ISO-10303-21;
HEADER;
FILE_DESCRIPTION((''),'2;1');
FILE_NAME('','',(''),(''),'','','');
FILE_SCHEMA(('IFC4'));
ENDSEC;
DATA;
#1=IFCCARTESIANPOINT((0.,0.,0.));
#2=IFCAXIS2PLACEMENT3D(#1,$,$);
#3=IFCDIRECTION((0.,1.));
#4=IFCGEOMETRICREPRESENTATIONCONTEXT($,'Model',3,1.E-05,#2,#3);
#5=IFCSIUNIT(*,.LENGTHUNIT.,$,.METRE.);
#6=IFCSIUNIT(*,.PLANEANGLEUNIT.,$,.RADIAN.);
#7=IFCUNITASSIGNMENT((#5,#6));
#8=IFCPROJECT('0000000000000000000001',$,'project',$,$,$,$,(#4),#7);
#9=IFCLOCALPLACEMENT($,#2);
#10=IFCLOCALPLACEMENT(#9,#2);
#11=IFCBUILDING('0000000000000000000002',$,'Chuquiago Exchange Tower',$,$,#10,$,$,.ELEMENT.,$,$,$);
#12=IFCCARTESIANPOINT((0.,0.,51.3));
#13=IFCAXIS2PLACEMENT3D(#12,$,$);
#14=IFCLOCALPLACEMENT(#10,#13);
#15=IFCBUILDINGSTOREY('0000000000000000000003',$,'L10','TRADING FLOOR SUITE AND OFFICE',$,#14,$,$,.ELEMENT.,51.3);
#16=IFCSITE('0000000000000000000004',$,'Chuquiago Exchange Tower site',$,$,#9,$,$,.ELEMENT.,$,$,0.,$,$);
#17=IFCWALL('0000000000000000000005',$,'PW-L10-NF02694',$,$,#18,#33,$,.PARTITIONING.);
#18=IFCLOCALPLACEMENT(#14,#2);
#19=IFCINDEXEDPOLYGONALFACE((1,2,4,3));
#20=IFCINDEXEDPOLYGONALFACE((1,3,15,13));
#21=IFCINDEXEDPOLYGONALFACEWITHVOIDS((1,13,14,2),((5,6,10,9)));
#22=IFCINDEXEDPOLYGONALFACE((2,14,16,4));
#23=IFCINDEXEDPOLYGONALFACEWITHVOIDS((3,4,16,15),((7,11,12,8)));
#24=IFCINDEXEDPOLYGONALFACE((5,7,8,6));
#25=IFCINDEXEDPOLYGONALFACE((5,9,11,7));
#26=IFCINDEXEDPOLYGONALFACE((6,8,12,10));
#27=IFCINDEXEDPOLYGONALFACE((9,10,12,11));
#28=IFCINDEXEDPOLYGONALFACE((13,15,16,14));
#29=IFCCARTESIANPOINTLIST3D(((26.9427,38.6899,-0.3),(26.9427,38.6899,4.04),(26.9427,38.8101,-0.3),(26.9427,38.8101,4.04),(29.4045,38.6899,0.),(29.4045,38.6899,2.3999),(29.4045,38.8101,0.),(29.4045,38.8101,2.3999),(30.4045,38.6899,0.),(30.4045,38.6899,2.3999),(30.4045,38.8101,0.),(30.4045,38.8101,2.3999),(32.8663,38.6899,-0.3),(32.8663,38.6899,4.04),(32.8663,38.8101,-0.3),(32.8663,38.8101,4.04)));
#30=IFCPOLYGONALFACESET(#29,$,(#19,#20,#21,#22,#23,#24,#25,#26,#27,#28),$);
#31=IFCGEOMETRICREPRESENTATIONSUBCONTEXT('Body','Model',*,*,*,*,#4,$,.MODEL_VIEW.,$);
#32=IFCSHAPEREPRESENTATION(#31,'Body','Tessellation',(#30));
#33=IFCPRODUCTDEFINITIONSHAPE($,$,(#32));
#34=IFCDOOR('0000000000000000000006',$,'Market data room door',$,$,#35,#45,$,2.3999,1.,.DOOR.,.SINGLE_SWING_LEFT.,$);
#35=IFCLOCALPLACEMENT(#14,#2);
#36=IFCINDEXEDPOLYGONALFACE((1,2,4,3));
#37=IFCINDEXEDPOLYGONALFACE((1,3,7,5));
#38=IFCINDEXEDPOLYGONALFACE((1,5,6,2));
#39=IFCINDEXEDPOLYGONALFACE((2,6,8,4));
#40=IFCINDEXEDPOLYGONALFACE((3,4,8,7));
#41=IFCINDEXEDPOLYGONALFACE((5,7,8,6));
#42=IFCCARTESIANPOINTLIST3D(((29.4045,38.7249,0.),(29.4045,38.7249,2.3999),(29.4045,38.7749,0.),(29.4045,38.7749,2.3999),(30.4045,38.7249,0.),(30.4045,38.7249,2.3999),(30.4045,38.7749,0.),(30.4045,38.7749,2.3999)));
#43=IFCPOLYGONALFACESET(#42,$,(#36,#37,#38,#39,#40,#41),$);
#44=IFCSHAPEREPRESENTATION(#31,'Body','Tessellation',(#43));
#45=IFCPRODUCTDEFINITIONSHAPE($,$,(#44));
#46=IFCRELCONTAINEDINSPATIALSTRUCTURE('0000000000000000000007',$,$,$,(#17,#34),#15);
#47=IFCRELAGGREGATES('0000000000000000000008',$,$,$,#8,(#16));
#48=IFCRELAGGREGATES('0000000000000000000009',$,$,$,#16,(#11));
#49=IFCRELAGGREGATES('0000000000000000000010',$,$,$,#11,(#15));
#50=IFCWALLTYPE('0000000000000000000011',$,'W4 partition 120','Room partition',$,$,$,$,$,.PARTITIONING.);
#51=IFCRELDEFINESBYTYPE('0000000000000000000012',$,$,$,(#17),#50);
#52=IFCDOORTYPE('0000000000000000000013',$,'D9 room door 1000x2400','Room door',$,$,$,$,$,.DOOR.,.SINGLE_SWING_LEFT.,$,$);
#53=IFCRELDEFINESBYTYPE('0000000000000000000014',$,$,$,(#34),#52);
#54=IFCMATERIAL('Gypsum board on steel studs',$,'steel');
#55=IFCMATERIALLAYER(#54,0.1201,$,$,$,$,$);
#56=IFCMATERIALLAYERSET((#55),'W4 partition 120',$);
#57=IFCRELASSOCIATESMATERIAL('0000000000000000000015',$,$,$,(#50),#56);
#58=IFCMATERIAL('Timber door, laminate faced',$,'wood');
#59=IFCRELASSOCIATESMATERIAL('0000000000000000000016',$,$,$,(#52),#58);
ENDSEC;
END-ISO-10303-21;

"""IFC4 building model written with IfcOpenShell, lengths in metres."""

from ifc_helpers import new_model, si_unit, direction, frame, frame_2d, origin, place, context, subcontext, project, spatial, rectangle, extrude, material, layer, layer_set, type_object, element, fill, save


model = new_model("IFC4")

# Units and contexts
model_context = context("Model", 3, precision=1e-05, world=origin(), true_north=direction((0.0, 1.0)))
body_context = subcontext(model_context, "Body", "Model", "MODEL_VIEW")
ifc_project = project(units=[si_unit("LENGTHUNIT", "METRE"), si_unit("PLANEANGLEUNIT", "RADIAN")], contexts=[model_context])

# Site, building, storey
site_placement = place(None, origin())
site = spatial("IfcSite", under=ifc_project, at=site_placement, Name="Chuquiago Exchange Tower site", CompositionType="ELEMENT", RefElevation=0.0)
building_placement = place(site_placement, origin())
building = spatial("IfcBuilding", under=site, at=building_placement, Name="Chuquiago Exchange Tower", CompositionType="ELEMENT")
storey_placement = place(building_placement, frame((0.0, 0.0, 51.3)))
storey = spatial("IfcBuildingStorey", under=building, at=storey_placement, Name="L10", Description="TRADING FLOOR SUITE AND OFFICE", CompositionType="ELEMENT", Elevation=51.3)

# Shared definitions
ifc_material_1 = material(Name="Gypsum board on steel studs", Category="steel")
ifc_layer_1 = layer(ifc_material_1, 0.1201)
ifc_layer_set_1 = layer_set([ifc_layer_1], Name="W4 partition 120")
wall_type_1 = type_object("IfcWallType", Name="W4 partition 120", Description="Room partition", PredefinedType="PARTITIONING", material=ifc_layer_set_1)

# Wall, opening, door
ifc_material_2 = material(Name="Timber door, laminate faced", Category="wood")
door_type_1 = type_object("IfcDoorType", Name="D9 room door 1000x2400", Description="Room door", OperationType="SINGLE_SWING_LEFT", PredefinedType="DOOR", material=ifc_material_2)
wall_1_placement = place(storey_placement, frame((26.9426, 38.75, -0.3), z_axis=(0.0, 0.0, 1.0), x_axis=(1.0, 0.0, 0.0)))
wall_1 = element("IfcWall", 1, at=wall_1_placement, inside=storey, type_object=wall_type_1, Name="PW-L10-NF02694", PredefinedType="PARTITIONING", context=body_context, shape_type="SweptSolid", body=[
    extrude(rectangle(XDim=5.9236, YDim=0.1201, at=frame_2d((2.9619, 0.0))), origin(), (0.0, 0.0, 1.0), 4.3401),
])
opening_1_placement = place(wall_1_placement, frame((2.4619, 0.0, 0.3)))
opening_1 = element("IfcOpeningElement", 2, at=opening_1_placement, cuts=wall_1, PredefinedType="OPENING", context=body_context, shape_type="SweptSolid", body=[
    extrude(rectangle(XDim=1.0, YDim=2.3999, at=frame_2d((0.5, 1.2))), frame((0.0, 0.0701, 0.0), z_axis=(0.0, -1.0, 0.0), x_axis=(1.0, 0.0, 0.0)), (0.0, 0.0, 1.0), 0.1401),
])
door_1_placement = place(opening_1_placement, origin())
door_1 = element("IfcDoor", 3, at=door_1_placement, inside=storey, type_object=door_type_1, Name="Market data room door", OperationType="SINGLE_SWING_LEFT", OverallHeight=2.3999, OverallWidth=1.0, PredefinedType="DOOR", context=body_context, shape_type="SweptSolid", body=[
    extrude(rectangle(XDim=1.0, YDim=2.3999, at=frame_2d((0.5, 1.2))), frame((0.0, 0.0249, 0.0), z_axis=(0.0, -1.0, 0.0), x_axis=(1.0, 0.0, 0.0)), (0.0, 0.0, 1.0), 0.05),
])
fill(opening_1, door_1)

save(model, "model.ifc")
